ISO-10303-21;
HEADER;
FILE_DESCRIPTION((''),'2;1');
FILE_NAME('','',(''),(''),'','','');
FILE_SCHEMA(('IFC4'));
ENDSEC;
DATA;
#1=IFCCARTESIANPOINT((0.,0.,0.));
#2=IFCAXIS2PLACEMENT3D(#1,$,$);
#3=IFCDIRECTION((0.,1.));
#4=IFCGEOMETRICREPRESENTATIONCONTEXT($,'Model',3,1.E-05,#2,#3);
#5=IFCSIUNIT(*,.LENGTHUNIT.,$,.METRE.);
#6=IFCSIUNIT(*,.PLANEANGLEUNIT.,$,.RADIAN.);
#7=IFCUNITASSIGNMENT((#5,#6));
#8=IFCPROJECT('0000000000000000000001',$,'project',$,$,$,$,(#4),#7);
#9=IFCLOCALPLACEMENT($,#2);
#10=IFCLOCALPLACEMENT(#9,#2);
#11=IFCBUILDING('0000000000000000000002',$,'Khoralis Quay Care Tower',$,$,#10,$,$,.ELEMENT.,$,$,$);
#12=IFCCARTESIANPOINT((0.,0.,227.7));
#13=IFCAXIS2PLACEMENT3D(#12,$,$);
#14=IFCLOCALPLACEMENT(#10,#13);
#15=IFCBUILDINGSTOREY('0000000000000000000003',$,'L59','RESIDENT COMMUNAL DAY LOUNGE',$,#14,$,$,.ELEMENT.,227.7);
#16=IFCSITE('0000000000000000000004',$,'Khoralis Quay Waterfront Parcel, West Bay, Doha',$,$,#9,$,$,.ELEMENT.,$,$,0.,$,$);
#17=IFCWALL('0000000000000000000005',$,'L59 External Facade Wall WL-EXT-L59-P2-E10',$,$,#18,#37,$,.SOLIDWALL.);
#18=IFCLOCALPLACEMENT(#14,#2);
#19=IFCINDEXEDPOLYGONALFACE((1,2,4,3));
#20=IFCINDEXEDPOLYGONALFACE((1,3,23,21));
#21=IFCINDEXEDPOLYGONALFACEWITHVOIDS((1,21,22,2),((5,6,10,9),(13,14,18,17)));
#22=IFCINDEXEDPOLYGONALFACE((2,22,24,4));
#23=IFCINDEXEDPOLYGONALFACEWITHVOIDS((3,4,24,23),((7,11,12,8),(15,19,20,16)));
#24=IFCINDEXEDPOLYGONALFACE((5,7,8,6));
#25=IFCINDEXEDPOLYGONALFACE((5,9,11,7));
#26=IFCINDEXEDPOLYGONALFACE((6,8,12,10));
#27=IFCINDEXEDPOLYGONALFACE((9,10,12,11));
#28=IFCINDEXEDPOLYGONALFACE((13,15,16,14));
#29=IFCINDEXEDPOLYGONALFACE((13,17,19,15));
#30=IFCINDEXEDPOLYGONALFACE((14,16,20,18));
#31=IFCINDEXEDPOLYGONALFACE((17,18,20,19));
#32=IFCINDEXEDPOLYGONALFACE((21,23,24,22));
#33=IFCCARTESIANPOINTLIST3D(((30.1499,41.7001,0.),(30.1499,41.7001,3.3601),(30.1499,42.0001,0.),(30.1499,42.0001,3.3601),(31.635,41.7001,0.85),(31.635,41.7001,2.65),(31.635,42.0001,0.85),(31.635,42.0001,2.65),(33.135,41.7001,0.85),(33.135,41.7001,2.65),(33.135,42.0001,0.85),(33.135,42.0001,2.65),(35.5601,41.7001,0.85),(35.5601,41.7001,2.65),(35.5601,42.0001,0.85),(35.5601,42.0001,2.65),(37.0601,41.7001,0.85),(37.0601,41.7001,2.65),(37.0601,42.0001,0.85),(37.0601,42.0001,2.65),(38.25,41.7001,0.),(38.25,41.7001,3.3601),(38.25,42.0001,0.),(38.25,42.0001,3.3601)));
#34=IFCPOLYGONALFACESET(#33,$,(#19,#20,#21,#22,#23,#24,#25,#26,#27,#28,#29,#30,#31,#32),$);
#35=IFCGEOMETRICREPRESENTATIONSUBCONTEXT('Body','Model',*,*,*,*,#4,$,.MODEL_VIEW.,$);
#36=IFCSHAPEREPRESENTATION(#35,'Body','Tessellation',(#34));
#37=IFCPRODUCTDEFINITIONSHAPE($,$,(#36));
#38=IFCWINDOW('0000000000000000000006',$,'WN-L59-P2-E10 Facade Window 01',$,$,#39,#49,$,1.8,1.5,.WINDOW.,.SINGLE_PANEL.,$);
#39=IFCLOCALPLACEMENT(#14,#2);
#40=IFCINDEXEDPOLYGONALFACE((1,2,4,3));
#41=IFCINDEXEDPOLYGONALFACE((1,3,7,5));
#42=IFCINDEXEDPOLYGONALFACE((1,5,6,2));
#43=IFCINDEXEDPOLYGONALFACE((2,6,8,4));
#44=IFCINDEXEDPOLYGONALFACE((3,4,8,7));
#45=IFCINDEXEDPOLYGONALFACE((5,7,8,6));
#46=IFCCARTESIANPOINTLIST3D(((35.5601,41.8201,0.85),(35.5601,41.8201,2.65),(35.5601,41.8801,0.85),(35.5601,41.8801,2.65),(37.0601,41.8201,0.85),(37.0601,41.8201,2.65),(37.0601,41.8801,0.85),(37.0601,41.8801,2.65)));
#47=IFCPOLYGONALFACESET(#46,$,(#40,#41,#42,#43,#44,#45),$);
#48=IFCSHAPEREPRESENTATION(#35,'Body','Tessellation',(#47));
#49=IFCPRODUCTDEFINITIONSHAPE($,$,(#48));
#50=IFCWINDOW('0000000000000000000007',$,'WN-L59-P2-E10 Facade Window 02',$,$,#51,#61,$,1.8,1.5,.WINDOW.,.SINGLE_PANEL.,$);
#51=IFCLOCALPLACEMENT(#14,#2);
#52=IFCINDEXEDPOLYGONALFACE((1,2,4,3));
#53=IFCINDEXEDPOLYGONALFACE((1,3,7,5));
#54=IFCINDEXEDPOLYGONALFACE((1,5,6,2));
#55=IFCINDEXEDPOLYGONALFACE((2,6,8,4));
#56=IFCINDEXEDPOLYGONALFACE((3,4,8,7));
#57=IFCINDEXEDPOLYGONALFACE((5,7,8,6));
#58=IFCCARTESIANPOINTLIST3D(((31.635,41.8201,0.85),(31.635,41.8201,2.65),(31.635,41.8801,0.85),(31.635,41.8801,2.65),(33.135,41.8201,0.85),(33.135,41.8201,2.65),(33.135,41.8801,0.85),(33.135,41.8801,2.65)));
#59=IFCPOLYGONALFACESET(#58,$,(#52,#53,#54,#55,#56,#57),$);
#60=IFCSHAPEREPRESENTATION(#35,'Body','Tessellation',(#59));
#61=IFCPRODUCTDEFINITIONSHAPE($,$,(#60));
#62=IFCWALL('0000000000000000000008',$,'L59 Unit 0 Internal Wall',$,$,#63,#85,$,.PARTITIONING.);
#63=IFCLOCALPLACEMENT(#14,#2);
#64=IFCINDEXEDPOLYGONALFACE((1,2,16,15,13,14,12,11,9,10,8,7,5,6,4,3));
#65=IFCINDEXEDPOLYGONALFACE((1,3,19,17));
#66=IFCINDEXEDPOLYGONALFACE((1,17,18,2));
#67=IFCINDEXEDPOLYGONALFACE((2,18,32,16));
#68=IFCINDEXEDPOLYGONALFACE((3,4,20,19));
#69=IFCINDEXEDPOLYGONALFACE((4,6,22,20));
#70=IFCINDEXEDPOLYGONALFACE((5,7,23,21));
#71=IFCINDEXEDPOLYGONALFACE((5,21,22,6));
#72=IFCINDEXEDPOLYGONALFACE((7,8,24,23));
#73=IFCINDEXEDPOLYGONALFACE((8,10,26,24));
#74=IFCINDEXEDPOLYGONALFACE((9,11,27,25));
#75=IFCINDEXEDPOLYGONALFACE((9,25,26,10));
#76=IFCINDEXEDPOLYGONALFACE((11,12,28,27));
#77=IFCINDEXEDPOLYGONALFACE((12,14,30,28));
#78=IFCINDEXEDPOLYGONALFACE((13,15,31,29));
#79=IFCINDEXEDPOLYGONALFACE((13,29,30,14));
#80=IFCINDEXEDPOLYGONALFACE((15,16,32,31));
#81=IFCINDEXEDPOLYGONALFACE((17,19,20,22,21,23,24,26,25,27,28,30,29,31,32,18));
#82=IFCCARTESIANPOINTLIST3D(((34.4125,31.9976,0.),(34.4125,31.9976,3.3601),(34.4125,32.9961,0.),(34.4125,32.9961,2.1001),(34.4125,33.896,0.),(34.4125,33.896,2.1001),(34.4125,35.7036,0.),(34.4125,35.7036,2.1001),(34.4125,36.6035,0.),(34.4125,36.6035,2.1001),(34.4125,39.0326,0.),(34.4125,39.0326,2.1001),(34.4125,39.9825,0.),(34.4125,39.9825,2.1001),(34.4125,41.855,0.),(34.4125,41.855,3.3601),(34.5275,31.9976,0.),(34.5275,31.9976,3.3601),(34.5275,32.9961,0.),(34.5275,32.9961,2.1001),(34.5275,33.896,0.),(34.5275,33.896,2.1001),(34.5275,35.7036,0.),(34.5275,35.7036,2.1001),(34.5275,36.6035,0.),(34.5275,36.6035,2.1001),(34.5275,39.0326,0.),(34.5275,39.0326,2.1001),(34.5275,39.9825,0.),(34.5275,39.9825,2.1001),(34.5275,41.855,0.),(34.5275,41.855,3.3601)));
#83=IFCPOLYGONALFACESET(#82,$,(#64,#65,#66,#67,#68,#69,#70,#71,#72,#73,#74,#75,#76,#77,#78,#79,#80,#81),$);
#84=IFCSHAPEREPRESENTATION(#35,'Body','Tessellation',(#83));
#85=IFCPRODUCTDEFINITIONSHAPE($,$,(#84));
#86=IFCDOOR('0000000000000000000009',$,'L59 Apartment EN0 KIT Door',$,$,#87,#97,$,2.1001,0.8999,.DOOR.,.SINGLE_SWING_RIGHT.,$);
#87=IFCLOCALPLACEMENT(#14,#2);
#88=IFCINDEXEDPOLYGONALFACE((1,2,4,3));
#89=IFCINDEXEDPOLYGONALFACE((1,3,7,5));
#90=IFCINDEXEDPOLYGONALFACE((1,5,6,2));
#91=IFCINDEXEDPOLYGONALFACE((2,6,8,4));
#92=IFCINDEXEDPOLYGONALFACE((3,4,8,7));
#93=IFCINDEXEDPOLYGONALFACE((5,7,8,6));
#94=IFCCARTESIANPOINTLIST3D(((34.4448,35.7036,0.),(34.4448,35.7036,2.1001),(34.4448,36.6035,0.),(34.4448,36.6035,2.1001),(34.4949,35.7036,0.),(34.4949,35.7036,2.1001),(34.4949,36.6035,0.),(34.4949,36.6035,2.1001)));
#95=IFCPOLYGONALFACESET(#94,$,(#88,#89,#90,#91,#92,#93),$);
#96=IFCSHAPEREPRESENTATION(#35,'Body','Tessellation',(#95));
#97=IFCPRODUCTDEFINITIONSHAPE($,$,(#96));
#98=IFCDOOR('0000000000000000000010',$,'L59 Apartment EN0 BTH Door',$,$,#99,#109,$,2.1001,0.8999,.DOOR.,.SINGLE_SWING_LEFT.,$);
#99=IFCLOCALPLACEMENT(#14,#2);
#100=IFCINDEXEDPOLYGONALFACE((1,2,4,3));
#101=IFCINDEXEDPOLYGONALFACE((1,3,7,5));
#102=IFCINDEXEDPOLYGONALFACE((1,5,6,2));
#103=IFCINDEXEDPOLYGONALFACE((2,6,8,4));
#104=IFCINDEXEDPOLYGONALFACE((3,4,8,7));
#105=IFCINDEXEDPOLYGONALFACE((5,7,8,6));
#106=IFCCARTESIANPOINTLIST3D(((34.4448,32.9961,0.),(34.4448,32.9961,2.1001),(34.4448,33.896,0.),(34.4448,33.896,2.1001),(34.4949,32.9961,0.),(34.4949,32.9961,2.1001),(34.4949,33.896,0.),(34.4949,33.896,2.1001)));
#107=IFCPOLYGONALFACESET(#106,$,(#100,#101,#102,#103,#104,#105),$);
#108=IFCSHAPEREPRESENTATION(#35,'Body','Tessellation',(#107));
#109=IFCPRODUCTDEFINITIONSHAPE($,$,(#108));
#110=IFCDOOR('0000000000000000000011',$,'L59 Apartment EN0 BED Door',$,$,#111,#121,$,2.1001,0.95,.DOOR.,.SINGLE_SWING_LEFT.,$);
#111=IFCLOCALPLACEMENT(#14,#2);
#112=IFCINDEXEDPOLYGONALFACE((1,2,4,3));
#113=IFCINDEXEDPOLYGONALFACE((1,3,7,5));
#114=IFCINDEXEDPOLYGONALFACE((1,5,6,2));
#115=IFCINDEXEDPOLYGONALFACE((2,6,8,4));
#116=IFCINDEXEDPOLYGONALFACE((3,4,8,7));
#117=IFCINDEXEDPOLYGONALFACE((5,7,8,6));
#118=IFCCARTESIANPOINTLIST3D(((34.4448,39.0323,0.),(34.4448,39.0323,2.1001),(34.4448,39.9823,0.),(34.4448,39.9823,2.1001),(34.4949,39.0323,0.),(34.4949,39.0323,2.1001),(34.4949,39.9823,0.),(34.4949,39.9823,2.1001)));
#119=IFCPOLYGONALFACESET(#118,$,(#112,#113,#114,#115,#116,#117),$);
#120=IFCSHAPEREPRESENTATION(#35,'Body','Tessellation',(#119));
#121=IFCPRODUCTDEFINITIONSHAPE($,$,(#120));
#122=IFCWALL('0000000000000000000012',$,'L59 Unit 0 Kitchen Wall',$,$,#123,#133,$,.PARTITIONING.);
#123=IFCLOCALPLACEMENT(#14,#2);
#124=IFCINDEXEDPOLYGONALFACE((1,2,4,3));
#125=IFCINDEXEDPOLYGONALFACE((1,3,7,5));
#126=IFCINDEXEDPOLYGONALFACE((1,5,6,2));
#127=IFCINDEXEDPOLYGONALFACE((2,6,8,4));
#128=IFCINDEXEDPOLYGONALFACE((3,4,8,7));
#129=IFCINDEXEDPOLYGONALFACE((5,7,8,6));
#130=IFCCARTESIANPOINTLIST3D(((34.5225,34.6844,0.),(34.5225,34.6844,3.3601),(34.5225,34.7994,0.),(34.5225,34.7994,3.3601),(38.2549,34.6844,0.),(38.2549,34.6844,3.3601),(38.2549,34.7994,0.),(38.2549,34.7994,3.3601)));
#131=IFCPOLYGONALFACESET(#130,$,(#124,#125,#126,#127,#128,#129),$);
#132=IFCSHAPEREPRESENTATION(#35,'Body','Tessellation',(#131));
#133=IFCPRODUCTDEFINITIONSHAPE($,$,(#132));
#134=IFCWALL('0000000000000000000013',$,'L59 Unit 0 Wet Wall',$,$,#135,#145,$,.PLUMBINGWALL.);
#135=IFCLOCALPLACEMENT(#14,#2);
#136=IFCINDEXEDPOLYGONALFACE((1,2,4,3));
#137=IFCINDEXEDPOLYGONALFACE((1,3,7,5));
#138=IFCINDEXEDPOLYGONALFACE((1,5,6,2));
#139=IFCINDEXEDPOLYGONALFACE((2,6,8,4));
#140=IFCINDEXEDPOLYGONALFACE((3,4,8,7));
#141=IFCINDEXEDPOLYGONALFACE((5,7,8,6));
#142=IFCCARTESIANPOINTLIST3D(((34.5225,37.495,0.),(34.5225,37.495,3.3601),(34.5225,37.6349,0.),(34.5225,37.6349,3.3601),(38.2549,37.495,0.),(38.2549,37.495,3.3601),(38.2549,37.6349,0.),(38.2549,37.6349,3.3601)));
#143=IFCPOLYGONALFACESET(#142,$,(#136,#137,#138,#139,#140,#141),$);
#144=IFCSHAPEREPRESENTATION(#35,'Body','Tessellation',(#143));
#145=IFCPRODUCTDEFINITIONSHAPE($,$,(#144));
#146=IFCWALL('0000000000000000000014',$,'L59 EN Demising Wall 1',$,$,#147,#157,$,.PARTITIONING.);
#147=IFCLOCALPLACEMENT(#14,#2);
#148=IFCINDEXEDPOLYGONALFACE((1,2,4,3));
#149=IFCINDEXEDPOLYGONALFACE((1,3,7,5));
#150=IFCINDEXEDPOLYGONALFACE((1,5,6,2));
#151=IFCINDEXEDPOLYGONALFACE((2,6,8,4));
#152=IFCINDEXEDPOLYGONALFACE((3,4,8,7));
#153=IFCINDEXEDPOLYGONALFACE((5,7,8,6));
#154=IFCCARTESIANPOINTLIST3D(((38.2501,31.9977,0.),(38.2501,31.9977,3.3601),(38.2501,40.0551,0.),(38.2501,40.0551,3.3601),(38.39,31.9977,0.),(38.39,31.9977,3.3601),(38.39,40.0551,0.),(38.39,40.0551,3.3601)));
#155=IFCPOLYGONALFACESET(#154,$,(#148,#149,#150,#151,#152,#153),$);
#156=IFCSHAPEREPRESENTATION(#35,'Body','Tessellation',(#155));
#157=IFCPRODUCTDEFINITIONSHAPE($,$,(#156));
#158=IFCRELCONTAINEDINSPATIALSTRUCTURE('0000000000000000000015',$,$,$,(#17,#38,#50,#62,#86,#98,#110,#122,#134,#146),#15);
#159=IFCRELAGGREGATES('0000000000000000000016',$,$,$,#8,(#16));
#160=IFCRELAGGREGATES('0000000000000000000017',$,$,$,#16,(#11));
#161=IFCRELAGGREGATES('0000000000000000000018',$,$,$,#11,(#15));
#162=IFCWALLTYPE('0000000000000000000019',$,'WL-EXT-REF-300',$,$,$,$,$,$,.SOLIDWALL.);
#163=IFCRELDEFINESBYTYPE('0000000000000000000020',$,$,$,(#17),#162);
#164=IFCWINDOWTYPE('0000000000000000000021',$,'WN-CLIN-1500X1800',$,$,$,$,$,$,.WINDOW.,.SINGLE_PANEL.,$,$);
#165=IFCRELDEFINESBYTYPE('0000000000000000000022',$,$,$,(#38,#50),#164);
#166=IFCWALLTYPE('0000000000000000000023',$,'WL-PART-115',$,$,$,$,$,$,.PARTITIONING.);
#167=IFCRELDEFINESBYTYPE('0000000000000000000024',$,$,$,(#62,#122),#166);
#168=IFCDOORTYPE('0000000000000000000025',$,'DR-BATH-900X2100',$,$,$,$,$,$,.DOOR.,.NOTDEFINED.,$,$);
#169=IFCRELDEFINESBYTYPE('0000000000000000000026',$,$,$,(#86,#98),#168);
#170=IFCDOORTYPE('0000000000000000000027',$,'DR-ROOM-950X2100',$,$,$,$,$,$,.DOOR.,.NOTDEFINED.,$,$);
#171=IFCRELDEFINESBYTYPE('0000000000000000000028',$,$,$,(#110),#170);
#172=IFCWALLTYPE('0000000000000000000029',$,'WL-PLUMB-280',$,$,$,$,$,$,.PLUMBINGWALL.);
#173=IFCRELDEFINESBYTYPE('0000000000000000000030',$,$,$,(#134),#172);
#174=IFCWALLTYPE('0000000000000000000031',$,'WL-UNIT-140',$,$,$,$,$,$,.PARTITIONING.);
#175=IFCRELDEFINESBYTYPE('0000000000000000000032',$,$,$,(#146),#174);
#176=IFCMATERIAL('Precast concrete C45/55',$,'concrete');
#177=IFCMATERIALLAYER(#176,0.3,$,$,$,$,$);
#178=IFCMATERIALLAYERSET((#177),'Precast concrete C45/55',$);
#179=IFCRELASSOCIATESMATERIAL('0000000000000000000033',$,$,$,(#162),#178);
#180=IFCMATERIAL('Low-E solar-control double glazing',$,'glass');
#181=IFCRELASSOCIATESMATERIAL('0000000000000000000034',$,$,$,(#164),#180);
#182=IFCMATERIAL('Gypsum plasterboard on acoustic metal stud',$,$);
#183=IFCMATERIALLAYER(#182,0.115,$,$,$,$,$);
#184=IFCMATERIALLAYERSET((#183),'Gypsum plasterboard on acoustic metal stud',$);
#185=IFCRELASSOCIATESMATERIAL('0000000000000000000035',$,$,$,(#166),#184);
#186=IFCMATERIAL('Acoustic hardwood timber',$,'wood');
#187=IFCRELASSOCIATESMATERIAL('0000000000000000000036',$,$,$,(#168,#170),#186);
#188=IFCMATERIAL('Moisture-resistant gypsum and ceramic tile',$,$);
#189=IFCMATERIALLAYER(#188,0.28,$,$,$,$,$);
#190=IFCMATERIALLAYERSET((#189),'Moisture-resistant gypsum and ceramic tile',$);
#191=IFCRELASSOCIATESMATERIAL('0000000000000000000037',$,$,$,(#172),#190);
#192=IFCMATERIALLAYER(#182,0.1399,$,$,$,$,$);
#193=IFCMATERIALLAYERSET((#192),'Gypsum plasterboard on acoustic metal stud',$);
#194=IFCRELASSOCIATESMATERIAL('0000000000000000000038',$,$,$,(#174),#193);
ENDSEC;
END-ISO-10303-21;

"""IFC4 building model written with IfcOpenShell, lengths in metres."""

from ifc_helpers import new_model, si_unit, direction, frame, frame_2d, origin, place, context, subcontext, project, spatial, rectangle, extrude, source, transform, mapped, material, layer, layer_set, type_object, element, fill, save


model = new_model("IFC4")

# Units and contexts
model_context = context("Model", 3, precision=1e-05, world=origin(), true_north=direction((0.0, 1.0)))
body_context = subcontext(model_context, "Body", "Model", "MODEL_VIEW")
ifc_project = project(units=[si_unit("LENGTHUNIT", "METRE"), si_unit("PLANEANGLEUNIT", "RADIAN")], contexts=[model_context])

# Site, building, storey
site_placement = place(None, origin())
site = spatial("IfcSite", under=ifc_project, at=site_placement, Name="Khoralis Quay Waterfront Parcel, West Bay, Doha", CompositionType="ELEMENT", RefElevation=0.0)
building_placement = place(site_placement, origin())
building = spatial("IfcBuilding", under=site, at=building_placement, Name="Khoralis Quay Care Tower", CompositionType="ELEMENT")
storey_placement = place(building_placement, frame((0.0, 0.0, 227.7)))
storey = spatial("IfcBuildingStorey", under=building, at=storey_placement, Name="L59", Description="RESIDENT COMMUNAL DAY LOUNGE", CompositionType="ELEMENT", Elevation=227.7)

# Shared definitions
ifc_material_1 = material(Name="Precast concrete C45/55", Category="concrete")
ifc_layer_1 = layer(ifc_material_1, 0.3)
ifc_layer_set_1 = layer_set([ifc_layer_1], Name="Precast concrete C45/55")
wall_type_1 = type_object("IfcWallType", Name="WL-EXT-REF-300", PredefinedType="SOLIDWALL", material=ifc_layer_set_1)

# Wall, openings, windows
wall_1_placement = place(storey_placement, frame((38.25, 41.8501, 0.0), z_axis=(0.0, 0.0, 1.0), x_axis=(-1.0, 0.0, 0.0)))
wall_1 = element("IfcWall", 1, at=wall_1_placement, inside=storey, type_object=wall_type_1, Name="L59 External Facade Wall WL-EXT-L59-P2-E10", PredefinedType="SOLIDWALL", context=body_context, shape_type="SweptSolid", body=[
    extrude(rectangle(XDim=8.1001, YDim=0.3, at=frame_2d((4.05, 0.0))), origin(), (0.0, 0.0, 1.0), 3.3601),
])
opening_1_placement = place(wall_1_placement, frame((1.1899, 0.0, 0.8501)))
opening_1 = element("IfcOpeningElement", 2, at=opening_1_placement, cuts=wall_1, PredefinedType="OPENING", context=body_context, shape_type="SweptSolid", body=[
    extrude(rectangle(XDim=1.5, YDim=1.8, at=frame_2d((0.75, 0.8999))), frame((0.0, 0.1602, 0.0), z_axis=(0.0, -1.0, 0.0), x_axis=(1.0, 0.0, 0.0)), (0.0, 0.0, 1.0), 0.3201),
])
opening_2_placement = place(wall_1_placement, frame((5.115, 0.0, 0.8501)))
opening_2 = element("IfcOpeningElement", 3, at=opening_2_placement, cuts=wall_1, PredefinedType="OPENING", context=body_context, shape_type="SweptSolid", body=[
    extrude(rectangle(XDim=1.5, YDim=1.8, at=frame_2d((0.75, 0.8999))), frame((0.0, 0.1602, 0.0), z_axis=(0.0, -1.0, 0.0), x_axis=(1.0, 0.0, 0.0)), (0.0, 0.0, 1.0), 0.3201),
])
ifc_material_2 = material(Name="Low-E solar-control double glazing", Category="glass")
window_type = type_object("IfcWindowType", Name="WN-CLIN-1500X1800", PartitioningType="SINGLE_PANEL", PredefinedType="WINDOW", material=ifc_material_2)
shared_shape_1 = source(origin(), body_context, "Body", "SweptSolid", [
    extrude(rectangle(XDim=1.5, YDim=1.8, at=frame_2d((0.75, 0.8999))), frame((0.0, 0.03, 0.0), z_axis=(0.0, -1.0, 0.0), x_axis=(1.0, 0.0, 0.0)), (0.0, 0.0, 1.0), 0.0601),
])
window_1_placement = place(opening_1_placement, origin())
window_1 = element("IfcWindow", 4, at=window_1_placement, inside=storey, type_object=window_type, Name="WN-L59-P2-E10 Facade Window 01", OverallHeight=1.8, OverallWidth=1.5, PartitioningType="SINGLE_PANEL", PredefinedType="WINDOW", context=body_context, shape_type="MappedRepresentation", body=[
    mapped(shared_shape_1, transform((0.0, 0.0, 0.0), scale=1.0)),
])
fill(opening_1, window_1)
window_2_placement = place(opening_2_placement, origin())
window_2 = element("IfcWindow", 5, at=window_2_placement, inside=storey, type_object=window_type, Name="WN-L59-P2-E10 Facade Window 02", OverallHeight=1.8, OverallWidth=1.5, PartitioningType="SINGLE_PANEL", PredefinedType="WINDOW", context=body_context, shape_type="MappedRepresentation", body=[
    mapped(shared_shape_1, transform((0.0, 0.0, 0.0), scale=1.0)),
])
fill(opening_2, window_2)

# Wall, openings, doors
ifc_material_3 = material(Name="Gypsum plasterboard on acoustic metal stud")
ifc_layer_2 = layer(ifc_material_3, 0.115)
ifc_layer_set_2 = layer_set([ifc_layer_2], Name="Gypsum plasterboard on acoustic metal stud")
wall_type_2 = type_object("IfcWallType", Name="WL-PART-115", PredefinedType="PARTITIONING", material=ifc_layer_set_2)
wall_2_placement = place(storey_placement, frame((34.47, 31.9976, 0.0), z_axis=(0.0, 0.0, 1.0), x_axis=(0.0, 1.0, 0.0)))
wall_2 = element("IfcWall", 6, at=wall_2_placement, inside=storey, type_object=wall_type_2, Name="L59 Unit 0 Internal Wall", PredefinedType="PARTITIONING", context=body_context, shape_type="SweptSolid", body=[
    extrude(rectangle(XDim=9.8574, YDim=0.115, at=frame_2d((4.9287, 0.0))), origin(), (0.0, 0.0, 1.0), 3.3601),
])
opening_3_placement = place(wall_2_placement, frame((7.0349, 0.0, 0.0)))
opening_3 = element("IfcOpeningElement", 7, at=opening_3_placement, cuts=wall_2, PredefinedType="OPENING", context=body_context, shape_type="SweptSolid", body=[
    extrude(rectangle(XDim=0.95, YDim=2.1001, at=frame_2d((0.4751, 1.05))), frame((0.0, 0.0674, 0.0), z_axis=(0.0, -1.0, 0.0), x_axis=(1.0, 0.0, 0.0)), (0.0, 0.0, 1.0), 0.135),
])
opening_4_placement = place(wall_2_placement, frame((3.7061, 0.0, 0.0)))
opening_4 = element("IfcOpeningElement", 8, at=opening_4_placement, cuts=wall_2, PredefinedType="OPENING", context=body_context, shape_type="SweptSolid", body=[
    extrude(rectangle(XDim=0.8999, YDim=2.1001, at=frame_2d((0.45, 1.05))), frame((0.0, 0.0674, 0.0), z_axis=(0.0, -1.0, 0.0), x_axis=(1.0, 0.0, 0.0)), (0.0, 0.0, 1.0), 0.135),
])
opening_5_placement = place(wall_2_placement, frame((0.9985, 0.0, 0.0)))
opening_5 = element("IfcOpeningElement", 9, at=opening_5_placement, cuts=wall_2, PredefinedType="OPENING", context=body_context, shape_type="SweptSolid", body=[
    extrude(rectangle(XDim=0.8999, YDim=2.1001, at=frame_2d((0.45, 1.05))), frame((0.0, 0.0674, 0.0), z_axis=(0.0, -1.0, 0.0), x_axis=(1.0, 0.0, 0.0)), (0.0, 0.0, 1.0), 0.135),
])
ifc_material_4 = material(Name="Acoustic hardwood timber", Category="wood")
door_type_1 = type_object("IfcDoorType", Name="DR-BATH-900X2100", OperationType="NOTDEFINED", PredefinedType="DOOR", material=ifc_material_4)
shared_shape_2 = source(origin(), body_context, "Body", "SweptSolid", [
    extrude(rectangle(XDim=0.8999, YDim=2.1001, at=frame_2d((0.45, 1.05))), frame((0.0, 0.0249, 0.0), z_axis=(0.0, -1.0, 0.0), x_axis=(1.0, 0.0, 0.0)), (0.0, 0.0, 1.0), 0.05),
])
door_1_placement = place(opening_4_placement, frame((0.8999, 0.0, 0.0), z_axis=(0.0, 0.0, 1.0), x_axis=(-1.0, 0.0, 0.0)))
door_1 = element("IfcDoor", 10, at=door_1_placement, inside=storey, type_object=door_type_1, Name="L59 Apartment EN0 KIT Door", OperationType="SINGLE_SWING_RIGHT", OverallHeight=2.1001, OverallWidth=0.8999, PredefinedType="DOOR", context=body_context, shape_type="MappedRepresentation", body=[
    mapped(shared_shape_2, transform((0.0, 0.0, 0.0), scale=1.0)),
])
fill(opening_4, door_1)
door_2_placement = place(opening_5_placement, frame((0.8999, 0.0, 0.0), z_axis=(0.0, 0.0, 1.0), x_axis=(-1.0, 0.0, 0.0)))
door_2 = element("IfcDoor", 11, at=door_2_placement, inside=storey, type_object=door_type_1, Name="L59 Apartment EN0 BTH Door", OperationType="SINGLE_SWING_LEFT", OverallHeight=2.1001, OverallWidth=0.8999, PredefinedType="DOOR", context=body_context, shape_type="MappedRepresentation", body=[
    mapped(shared_shape_2, transform((0.0, 0.0, 0.0), scale=1.0)),
])
fill(opening_5, door_2)
door_type_2 = type_object("IfcDoorType", Name="DR-ROOM-950X2100", OperationType="NOTDEFINED", PredefinedType="DOOR", material=ifc_material_4)
shared_shape_3 = source(origin(), body_context, "Body", "SweptSolid", [
    extrude(rectangle(XDim=0.95, YDim=2.1001, at=frame_2d((0.4751, 1.05))), frame((0.0, 0.0249, 0.0), z_axis=(0.0, -1.0, 0.0), x_axis=(1.0, 0.0, 0.0)), (0.0, 0.0, 1.0), 0.05),
])
door_3_placement = place(opening_3_placement, frame((0.95, 0.0, 0.0), z_axis=(0.0, 0.0, 1.0), x_axis=(-1.0, 0.0, 0.0)))
door_3 = element("IfcDoor", 12, at=door_3_placement, inside=storey, type_object=door_type_2, Name="L59 Apartment EN0 BED Door", OperationType="SINGLE_SWING_LEFT", OverallHeight=2.1001, OverallWidth=0.95, PredefinedType="DOOR", context=body_context, shape_type="MappedRepresentation", body=[
    mapped(shared_shape_3, transform((0.0, 0.0, 0.0), scale=1.0)),
])
fill(opening_3, door_3)

# Walls
wall_3_placement = place(storey_placement, frame((34.5225, 34.7419, 0.0), z_axis=(0.0, 0.0, 1.0), x_axis=(1.0, 0.0, 0.0)))
element("IfcWall", 13, at=wall_3_placement, inside=storey, type_object=wall_type_2, Name="L59 Unit 0 Kitchen Wall", PredefinedType="PARTITIONING", context=body_context, shape_type="SweptSolid", body=[
    extrude(rectangle(XDim=3.7324, YDim=0.115, at=frame_2d((1.8662, 0.0))), origin(), (0.0, 0.0, 1.0), 3.3601),
])
ifc_material_5 = material(Name="Moisture-resistant gypsum and ceramic tile")
ifc_layer_3 = layer(ifc_material_5, 0.28)
ifc_layer_set_3 = layer_set([ifc_layer_3], Name="Moisture-resistant gypsum and ceramic tile")
wall_type_3 = type_object("IfcWallType", Name="WL-PLUMB-280", PredefinedType="PLUMBINGWALL", material=ifc_layer_set_3)
wall_4_placement = place(storey_placement, frame((34.5225, 37.5649, 0.0), z_axis=(0.0, 0.0, 1.0), x_axis=(1.0, 0.0, 0.0)))
element("IfcWall", 14, at=wall_4_placement, inside=storey, type_object=wall_type_3, Name="L59 Unit 0 Wet Wall", PredefinedType="PLUMBINGWALL", context=body_context, shape_type="SweptSolid", body=[
    extrude(rectangle(XDim=3.7324, YDim=0.1399, at=frame_2d((1.8662, 0.0))), origin(), (0.0, 0.0, 1.0), 3.3601),
])
ifc_layer_4 = layer(ifc_material_3, 0.1399)
ifc_layer_set_4 = layer_set([ifc_layer_4], Name="Gypsum plasterboard on acoustic metal stud")
wall_type_4 = type_object("IfcWallType", Name="WL-UNIT-140", PredefinedType="PARTITIONING", material=ifc_layer_set_4)
wall_5_placement = place(storey_placement, frame((38.3201, 31.9976, 0.0), z_axis=(0.0, 0.0, 1.0), x_axis=(0.0, 1.0, 0.0)))
element("IfcWall", 15, at=wall_5_placement, inside=storey, type_object=wall_type_4, Name="L59 EN Demising Wall 1", PredefinedType="PARTITIONING", context=body_context, shape_type="SweptSolid", body=[
    extrude(rectangle(XDim=8.0574, YDim=0.1399, at=frame_2d((4.0288, 0.0))), origin(), (0.0, 0.0, 1.0), 3.3601),
])

save(model, "model.ifc")
